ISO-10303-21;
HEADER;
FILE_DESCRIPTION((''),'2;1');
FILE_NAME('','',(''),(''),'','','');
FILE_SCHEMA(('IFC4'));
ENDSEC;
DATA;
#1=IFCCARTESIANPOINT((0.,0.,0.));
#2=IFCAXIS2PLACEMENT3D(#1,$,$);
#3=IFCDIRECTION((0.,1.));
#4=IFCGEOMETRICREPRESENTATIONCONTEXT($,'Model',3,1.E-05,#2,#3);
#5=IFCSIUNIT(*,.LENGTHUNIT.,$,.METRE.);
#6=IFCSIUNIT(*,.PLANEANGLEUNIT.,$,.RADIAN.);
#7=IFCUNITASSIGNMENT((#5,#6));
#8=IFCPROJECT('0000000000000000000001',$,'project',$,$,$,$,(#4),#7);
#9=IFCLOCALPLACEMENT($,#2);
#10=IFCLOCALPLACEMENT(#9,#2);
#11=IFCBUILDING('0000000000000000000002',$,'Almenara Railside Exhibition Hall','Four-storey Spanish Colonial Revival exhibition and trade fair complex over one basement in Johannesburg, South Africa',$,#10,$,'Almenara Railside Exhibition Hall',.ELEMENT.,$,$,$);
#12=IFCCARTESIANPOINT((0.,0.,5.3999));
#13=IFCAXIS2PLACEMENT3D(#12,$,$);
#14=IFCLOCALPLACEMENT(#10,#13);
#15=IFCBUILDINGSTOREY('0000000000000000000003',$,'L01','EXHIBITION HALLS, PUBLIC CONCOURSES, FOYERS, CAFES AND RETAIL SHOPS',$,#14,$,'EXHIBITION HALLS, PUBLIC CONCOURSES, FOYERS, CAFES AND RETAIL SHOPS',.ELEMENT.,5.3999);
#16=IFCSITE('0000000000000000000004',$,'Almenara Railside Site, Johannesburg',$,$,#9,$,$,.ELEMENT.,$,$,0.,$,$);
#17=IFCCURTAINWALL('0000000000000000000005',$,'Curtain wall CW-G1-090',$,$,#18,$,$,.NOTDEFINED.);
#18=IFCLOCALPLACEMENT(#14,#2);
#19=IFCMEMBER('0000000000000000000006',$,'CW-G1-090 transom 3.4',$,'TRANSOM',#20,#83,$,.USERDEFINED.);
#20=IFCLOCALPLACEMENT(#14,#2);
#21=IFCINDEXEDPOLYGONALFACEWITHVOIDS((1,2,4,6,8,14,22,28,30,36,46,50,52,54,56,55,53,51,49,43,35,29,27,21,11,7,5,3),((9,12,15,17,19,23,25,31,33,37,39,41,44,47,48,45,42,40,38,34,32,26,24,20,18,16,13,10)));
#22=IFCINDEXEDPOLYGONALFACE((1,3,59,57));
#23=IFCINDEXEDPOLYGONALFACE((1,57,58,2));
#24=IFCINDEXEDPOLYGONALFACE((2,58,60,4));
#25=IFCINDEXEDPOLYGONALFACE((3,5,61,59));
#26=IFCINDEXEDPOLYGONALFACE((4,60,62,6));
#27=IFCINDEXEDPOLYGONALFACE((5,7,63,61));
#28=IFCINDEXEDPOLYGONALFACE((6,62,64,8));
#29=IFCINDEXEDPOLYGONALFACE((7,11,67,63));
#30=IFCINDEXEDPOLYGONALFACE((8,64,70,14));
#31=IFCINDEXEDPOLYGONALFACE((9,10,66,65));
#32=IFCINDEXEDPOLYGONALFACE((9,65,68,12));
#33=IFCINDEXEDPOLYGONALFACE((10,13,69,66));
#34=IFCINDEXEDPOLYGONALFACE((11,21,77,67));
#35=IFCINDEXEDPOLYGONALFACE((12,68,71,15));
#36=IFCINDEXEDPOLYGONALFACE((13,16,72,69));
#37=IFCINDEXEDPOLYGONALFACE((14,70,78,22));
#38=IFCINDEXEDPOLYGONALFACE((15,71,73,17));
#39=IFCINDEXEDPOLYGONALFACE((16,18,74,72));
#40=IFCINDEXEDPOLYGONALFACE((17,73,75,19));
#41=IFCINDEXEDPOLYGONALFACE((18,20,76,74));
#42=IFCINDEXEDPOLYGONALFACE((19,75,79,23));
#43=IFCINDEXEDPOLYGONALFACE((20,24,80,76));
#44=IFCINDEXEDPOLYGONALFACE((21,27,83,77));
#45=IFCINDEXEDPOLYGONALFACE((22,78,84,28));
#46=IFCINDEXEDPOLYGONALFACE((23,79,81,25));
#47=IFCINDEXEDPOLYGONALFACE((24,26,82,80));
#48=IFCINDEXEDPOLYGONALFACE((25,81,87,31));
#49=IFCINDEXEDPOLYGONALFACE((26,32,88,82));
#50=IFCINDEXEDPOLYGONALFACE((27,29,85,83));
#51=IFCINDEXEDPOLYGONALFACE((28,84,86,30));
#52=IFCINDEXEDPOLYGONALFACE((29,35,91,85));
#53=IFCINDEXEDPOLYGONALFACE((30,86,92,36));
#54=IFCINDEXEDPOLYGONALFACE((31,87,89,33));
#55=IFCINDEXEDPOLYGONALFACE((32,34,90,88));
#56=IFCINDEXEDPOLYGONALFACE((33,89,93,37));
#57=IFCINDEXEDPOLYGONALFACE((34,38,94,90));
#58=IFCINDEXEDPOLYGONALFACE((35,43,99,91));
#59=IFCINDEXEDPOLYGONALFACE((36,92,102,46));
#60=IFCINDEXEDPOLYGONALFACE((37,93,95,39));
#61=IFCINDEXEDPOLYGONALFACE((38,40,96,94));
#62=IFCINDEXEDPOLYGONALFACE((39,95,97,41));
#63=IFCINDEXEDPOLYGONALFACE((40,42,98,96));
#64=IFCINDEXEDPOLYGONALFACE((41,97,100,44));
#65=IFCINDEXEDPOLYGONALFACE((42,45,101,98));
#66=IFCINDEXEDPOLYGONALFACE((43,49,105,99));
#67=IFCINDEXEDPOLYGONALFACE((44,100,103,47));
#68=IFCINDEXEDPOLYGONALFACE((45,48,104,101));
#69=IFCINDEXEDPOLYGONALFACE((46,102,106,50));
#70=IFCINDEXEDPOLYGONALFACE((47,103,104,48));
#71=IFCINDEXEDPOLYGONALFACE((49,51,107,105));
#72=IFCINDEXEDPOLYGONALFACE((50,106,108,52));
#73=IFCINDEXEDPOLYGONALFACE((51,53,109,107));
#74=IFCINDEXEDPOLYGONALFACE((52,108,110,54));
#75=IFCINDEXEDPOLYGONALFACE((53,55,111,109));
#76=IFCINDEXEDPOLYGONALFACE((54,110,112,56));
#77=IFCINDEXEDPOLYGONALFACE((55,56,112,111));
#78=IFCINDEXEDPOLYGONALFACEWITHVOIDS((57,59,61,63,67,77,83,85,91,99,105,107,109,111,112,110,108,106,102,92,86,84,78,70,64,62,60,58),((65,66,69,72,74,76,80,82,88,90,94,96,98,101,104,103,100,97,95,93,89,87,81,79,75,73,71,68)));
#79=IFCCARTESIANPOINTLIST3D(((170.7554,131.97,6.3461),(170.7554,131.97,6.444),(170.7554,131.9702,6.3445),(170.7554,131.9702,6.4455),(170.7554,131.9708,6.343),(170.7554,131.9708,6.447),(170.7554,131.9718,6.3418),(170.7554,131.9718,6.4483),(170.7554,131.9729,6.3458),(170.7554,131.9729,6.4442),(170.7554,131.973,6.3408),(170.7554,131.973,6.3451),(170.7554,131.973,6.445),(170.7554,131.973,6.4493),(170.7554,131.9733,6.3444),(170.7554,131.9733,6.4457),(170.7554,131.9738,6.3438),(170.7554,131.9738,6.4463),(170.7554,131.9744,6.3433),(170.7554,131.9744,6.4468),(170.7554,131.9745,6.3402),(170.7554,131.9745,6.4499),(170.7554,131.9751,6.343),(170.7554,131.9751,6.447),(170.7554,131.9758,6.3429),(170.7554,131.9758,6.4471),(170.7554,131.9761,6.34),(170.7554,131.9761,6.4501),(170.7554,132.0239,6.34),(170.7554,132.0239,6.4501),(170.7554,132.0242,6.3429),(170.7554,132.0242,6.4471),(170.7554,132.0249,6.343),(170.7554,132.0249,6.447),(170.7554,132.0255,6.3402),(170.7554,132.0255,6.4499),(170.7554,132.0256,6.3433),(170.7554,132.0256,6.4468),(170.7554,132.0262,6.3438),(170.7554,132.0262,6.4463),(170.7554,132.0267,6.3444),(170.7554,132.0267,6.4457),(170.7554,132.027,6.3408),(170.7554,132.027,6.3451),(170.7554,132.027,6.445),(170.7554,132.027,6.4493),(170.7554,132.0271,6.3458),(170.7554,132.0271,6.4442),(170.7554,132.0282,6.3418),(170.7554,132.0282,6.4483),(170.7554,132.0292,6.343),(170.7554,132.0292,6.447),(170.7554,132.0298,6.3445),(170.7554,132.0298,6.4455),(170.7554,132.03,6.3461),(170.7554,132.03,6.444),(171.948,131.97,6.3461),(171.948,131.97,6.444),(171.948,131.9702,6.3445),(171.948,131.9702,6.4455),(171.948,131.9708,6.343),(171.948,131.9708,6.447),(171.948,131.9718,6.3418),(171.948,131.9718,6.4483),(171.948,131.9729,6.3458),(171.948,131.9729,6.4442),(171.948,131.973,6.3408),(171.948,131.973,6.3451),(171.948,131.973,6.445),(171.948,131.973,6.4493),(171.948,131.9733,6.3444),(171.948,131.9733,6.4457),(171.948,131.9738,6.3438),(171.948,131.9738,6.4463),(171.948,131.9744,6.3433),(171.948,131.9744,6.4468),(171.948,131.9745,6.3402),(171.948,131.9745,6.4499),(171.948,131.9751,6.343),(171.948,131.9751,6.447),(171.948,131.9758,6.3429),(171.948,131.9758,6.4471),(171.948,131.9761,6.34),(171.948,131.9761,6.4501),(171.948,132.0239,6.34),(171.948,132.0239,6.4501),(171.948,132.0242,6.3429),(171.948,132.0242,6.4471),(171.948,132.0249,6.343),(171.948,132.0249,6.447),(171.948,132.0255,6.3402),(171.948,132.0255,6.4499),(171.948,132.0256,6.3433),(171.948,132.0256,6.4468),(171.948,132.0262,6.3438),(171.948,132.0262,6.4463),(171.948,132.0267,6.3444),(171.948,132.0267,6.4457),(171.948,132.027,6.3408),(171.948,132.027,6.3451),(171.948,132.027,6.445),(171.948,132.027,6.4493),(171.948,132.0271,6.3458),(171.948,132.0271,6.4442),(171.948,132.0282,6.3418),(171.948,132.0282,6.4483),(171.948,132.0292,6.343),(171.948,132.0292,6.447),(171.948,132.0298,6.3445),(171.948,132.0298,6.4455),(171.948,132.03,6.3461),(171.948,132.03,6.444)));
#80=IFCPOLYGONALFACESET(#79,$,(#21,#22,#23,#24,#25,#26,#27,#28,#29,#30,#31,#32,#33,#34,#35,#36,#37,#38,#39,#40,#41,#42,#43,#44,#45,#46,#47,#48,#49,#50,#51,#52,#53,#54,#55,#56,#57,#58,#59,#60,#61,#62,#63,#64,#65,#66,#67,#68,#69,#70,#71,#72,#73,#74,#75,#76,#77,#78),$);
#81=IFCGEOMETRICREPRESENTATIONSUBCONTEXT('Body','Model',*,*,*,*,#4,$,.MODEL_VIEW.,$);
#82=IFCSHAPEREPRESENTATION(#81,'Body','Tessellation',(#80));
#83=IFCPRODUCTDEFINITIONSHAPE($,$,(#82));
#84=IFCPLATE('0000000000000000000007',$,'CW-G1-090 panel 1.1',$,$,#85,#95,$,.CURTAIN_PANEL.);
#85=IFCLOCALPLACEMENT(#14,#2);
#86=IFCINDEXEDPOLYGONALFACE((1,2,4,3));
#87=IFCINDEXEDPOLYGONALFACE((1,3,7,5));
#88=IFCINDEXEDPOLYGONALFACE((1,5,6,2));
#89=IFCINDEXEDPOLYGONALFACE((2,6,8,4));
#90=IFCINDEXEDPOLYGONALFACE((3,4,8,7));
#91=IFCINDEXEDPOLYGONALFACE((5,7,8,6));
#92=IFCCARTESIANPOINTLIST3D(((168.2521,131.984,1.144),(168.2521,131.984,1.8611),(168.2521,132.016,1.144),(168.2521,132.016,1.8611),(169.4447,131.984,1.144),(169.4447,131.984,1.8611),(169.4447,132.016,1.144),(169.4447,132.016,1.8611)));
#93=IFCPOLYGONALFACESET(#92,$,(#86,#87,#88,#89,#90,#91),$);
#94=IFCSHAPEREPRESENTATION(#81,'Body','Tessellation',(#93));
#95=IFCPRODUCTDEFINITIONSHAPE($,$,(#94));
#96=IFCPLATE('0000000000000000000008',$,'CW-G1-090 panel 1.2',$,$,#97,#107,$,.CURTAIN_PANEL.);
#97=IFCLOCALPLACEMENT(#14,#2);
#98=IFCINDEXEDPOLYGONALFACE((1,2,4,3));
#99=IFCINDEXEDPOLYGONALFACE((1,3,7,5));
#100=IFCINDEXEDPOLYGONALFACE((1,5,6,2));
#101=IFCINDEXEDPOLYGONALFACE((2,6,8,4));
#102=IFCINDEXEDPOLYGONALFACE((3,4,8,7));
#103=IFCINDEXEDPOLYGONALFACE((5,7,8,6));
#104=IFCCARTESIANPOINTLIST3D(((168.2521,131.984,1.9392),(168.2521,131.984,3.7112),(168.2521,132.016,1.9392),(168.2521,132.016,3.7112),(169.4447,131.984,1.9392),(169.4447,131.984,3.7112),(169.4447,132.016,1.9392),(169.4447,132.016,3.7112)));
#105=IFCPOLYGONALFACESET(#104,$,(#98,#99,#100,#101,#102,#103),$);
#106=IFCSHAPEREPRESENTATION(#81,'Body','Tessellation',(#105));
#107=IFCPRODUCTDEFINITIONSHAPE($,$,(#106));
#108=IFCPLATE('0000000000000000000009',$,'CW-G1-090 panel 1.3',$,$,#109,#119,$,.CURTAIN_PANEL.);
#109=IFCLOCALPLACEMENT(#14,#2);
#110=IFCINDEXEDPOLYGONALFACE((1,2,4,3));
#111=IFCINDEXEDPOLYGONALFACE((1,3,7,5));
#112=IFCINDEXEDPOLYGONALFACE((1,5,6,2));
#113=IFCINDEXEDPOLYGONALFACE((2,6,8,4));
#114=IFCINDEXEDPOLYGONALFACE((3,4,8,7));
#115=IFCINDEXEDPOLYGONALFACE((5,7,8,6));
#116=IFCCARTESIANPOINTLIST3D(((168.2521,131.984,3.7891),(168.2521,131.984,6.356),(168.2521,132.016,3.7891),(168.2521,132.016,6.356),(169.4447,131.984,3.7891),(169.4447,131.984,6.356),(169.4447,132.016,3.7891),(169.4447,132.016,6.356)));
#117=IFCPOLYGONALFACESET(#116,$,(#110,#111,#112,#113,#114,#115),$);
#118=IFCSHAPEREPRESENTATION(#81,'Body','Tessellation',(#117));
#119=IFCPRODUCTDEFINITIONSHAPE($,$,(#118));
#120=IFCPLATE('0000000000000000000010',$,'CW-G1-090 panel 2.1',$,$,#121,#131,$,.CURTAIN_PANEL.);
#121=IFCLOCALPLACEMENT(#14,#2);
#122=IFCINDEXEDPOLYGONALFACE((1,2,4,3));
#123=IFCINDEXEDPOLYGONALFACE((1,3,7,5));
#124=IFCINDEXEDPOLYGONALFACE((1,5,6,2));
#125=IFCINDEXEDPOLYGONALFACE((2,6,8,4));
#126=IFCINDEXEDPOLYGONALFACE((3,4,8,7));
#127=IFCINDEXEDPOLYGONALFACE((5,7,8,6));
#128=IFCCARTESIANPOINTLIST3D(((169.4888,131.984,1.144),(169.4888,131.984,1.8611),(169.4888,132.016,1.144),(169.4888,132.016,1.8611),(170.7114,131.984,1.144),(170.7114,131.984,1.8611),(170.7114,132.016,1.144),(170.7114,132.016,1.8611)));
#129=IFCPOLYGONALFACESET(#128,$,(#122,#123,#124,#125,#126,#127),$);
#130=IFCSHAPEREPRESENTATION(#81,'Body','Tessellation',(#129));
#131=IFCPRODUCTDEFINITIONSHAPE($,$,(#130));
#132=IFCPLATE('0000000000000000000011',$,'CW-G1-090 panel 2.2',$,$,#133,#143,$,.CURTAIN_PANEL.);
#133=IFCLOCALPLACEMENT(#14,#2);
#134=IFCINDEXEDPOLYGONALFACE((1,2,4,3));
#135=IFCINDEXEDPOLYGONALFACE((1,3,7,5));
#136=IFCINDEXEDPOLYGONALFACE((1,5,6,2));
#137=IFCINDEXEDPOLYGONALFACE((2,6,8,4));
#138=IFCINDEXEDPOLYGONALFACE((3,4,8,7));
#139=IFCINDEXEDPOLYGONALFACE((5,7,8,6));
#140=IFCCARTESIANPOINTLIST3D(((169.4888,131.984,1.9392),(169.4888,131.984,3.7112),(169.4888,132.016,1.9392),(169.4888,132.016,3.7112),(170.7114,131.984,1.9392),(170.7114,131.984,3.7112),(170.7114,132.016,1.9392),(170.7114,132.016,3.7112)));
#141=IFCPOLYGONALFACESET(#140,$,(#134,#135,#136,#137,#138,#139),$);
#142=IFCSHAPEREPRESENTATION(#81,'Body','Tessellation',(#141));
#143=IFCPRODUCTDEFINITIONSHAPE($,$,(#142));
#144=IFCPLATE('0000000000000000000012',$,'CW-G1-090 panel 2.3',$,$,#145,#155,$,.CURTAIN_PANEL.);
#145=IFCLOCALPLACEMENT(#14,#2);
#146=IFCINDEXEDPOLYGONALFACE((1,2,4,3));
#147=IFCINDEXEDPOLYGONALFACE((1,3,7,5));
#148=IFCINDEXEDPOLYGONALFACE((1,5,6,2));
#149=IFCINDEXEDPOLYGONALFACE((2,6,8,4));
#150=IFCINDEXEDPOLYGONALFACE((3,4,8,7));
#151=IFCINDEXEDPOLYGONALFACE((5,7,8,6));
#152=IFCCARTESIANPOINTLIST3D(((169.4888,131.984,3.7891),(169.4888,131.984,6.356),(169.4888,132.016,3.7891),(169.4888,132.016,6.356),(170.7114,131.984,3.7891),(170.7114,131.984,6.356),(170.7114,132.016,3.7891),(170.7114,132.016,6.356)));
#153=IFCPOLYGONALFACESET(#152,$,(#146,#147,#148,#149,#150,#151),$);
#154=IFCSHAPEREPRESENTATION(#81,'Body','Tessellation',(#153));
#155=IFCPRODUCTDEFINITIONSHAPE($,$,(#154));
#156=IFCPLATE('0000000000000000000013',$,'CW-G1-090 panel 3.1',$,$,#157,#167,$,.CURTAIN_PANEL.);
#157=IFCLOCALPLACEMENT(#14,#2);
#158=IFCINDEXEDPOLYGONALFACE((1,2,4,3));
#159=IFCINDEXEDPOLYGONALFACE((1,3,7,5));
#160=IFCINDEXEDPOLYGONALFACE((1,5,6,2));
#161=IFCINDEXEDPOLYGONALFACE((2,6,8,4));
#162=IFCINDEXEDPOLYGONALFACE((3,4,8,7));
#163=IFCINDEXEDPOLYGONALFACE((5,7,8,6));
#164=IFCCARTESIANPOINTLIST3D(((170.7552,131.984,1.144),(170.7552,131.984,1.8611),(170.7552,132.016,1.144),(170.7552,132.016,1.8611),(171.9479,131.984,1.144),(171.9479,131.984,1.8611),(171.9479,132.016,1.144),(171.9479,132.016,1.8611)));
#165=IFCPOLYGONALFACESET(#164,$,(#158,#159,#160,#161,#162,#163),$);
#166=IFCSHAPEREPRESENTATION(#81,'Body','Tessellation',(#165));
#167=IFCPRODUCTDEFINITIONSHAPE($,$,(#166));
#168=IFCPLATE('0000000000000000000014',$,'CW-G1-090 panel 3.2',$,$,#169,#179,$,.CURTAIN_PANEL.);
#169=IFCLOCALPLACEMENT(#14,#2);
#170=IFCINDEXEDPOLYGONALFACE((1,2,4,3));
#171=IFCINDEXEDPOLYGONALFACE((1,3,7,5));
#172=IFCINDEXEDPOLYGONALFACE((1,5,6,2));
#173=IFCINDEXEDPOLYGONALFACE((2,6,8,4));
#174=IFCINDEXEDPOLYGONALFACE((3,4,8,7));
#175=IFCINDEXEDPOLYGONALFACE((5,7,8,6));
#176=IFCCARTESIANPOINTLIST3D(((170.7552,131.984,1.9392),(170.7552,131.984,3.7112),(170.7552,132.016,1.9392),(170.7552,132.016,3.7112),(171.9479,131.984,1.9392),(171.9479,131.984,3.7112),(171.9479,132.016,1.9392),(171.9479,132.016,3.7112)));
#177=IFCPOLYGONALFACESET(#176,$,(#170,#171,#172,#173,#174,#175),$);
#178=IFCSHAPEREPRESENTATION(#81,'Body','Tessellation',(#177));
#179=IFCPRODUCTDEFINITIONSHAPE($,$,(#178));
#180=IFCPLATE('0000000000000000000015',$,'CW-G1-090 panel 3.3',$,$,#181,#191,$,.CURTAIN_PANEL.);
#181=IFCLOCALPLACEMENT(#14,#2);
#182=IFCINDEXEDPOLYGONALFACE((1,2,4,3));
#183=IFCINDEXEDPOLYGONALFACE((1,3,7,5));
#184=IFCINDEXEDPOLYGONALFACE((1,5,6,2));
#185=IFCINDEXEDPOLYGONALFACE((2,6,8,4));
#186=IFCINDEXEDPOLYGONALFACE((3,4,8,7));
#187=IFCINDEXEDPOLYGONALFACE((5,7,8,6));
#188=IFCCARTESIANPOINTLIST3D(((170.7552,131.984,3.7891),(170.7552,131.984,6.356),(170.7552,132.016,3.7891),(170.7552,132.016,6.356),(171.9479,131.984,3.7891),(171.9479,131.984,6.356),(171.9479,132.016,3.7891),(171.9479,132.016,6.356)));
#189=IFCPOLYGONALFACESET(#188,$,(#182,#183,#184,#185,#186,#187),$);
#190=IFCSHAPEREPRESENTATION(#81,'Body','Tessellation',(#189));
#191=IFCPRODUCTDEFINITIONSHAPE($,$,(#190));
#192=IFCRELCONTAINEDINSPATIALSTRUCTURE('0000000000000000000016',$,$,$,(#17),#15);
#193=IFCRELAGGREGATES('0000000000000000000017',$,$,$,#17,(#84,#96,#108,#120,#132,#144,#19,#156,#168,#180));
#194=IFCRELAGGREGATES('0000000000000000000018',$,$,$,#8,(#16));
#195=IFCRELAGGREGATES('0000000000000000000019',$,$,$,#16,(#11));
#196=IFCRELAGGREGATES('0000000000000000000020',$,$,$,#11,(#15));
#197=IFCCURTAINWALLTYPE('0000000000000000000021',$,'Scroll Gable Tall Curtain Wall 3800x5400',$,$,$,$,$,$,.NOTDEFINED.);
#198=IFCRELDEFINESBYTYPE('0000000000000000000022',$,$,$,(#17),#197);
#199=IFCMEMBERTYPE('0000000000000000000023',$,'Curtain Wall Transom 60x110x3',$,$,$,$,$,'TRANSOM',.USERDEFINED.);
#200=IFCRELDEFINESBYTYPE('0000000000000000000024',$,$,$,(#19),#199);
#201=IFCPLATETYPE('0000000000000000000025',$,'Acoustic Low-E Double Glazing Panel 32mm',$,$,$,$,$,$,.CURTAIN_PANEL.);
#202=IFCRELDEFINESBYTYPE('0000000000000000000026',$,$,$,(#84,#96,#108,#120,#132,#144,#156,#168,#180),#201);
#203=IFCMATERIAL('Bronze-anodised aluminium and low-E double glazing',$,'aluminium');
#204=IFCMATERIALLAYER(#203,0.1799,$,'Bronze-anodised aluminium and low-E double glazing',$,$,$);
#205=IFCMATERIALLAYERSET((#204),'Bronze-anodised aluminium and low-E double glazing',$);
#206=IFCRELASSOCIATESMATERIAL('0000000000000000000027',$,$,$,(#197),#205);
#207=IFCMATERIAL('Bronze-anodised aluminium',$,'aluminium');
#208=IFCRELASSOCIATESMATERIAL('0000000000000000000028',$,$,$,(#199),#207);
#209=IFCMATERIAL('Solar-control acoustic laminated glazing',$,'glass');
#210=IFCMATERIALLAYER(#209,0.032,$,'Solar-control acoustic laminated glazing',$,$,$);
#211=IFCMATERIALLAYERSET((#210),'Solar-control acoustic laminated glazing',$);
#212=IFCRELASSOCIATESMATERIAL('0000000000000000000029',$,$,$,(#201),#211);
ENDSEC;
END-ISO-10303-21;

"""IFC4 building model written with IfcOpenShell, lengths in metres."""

from ifc_helpers import new_model, si_unit, direction, frame, origin, origin_2d, place, context, subcontext, project, spatial, rectangle, hollow_rectangle, extrude, material, layer, layer_set, material_profile, profile_set, type_object, element, aggregate, save


model = new_model("IFC4")

# Units and contexts
model_context = context("Model", 3, precision=1e-05, world=origin(), true_north=direction((0.0, 1.0)))
body_context = subcontext(model_context, "Body", "Model", "MODEL_VIEW")
ifc_project = project(units=[si_unit("LENGTHUNIT", "METRE"), si_unit("PLANEANGLEUNIT", "RADIAN")], contexts=[model_context])

# Site, building, storey
site_placement = place(None, origin())
site = spatial("IfcSite", under=ifc_project, at=site_placement, Name="Almenara Railside Site, Johannesburg", CompositionType="ELEMENT", RefElevation=0.0)
building_placement = place(site_placement, origin())
building = spatial("IfcBuilding", under=site, at=building_placement, Name="Almenara Railside Exhibition Hall", Description="Four-storey Spanish Colonial Revival exhibition and trade fair complex over one basement in Johannesburg, South Africa", LongName="Almenara Railside Exhibition Hall", CompositionType="ELEMENT")
storey_placement = place(building_placement, frame((0.0, 0.0, 5.3999)))
storey = spatial("IfcBuildingStorey", under=building, at=storey_placement, Name="L01", Description="EXHIBITION HALLS, PUBLIC CONCOURSES, FOYERS, CAFES AND RETAIL SHOPS", LongName="EXHIBITION HALLS, PUBLIC CONCOURSES, FOYERS, CAFES AND RETAIL SHOPS", CompositionType="ELEMENT", Elevation=5.3999)

# Shared definitions
ifc_material_1 = material(Name="Bronze-anodised aluminium and low-E double glazing", Category="aluminium")
ifc_material_2 = material(Name="Bronze-anodised aluminium", Category="aluminium")

# Curtain wall
ifc_layer_1 = layer(ifc_material_1, 0.1799, Name="Bronze-anodised aluminium and low-E double glazing")
ifc_layer_set_1 = layer_set([ifc_layer_1], Name="Bronze-anodised aluminium and low-E double glazing")
curtain_wall_type_1 = type_object("IfcCurtainWallType", Name="Scroll Gable Tall Curtain Wall 3800x5400", PredefinedType="NOTDEFINED", material=ifc_layer_set_1)
curtain_wall_1_placement = place(storey_placement, origin())
curtain_wall_1 = element("IfcCurtainWall", 1, at=curtain_wall_1_placement, inside=storey, type_object=curtain_wall_type_1, Name="Curtain wall CW-G1-090", PredefinedType="NOTDEFINED")

# Member
ifc_material_profile_1 = material_profile(ifc_material_2, hollow_rectangle(XDim=0.0601, YDim=0.1101, WallThickness=0.0029, InnerFilletRadius=0.0029, OuterFilletRadius=0.0061, at=origin_2d()), Name="ALU-TRN 60x110x3")
ifc_profile_set_1 = profile_set([ifc_material_profile_1], Name="Bronze-anodised aluminium")
member_type_1 = type_object("IfcMemberType", Name="Curtain Wall Transom 60x110x3", ElementType="TRANSOM", PredefinedType="USERDEFINED", material=ifc_profile_set_1)
member_1_placement = place(storey_placement, frame((170.7554, 132.0, 6.395), z_axis=(1.0, 0.0, 0.0), x_axis=(0.0, 1.0, 0.0)))
member_1 = element("IfcMember", 2, at=member_1_placement, type_object=member_type_1, Name="CW-G1-090 transom 3.4", ObjectType="TRANSOM", PredefinedType="USERDEFINED", context=body_context, shape_type="SweptSolid", body=[
    extrude(hollow_rectangle(XDim=0.0601, YDim=0.1101, WallThickness=0.0029, InnerFilletRadius=0.0029, OuterFilletRadius=0.0061, at=origin_2d()), origin(), (0.0, 0.0, 1.0), 1.1926),
])

# Plates
ifc_material_3 = material(Name="Solar-control acoustic laminated glazing", Category="glass")
ifc_layer_2 = layer(ifc_material_3, 0.032, Name="Solar-control acoustic laminated glazing")
ifc_layer_set_2 = layer_set([ifc_layer_2], Name="Solar-control acoustic laminated glazing")
plate_type = type_object("IfcPlateType", Name="Acoustic Low-E Double Glazing Panel 32mm", PredefinedType="CURTAIN_PANEL", material=ifc_layer_set_2)
plate_1_placement = place(storey_placement, frame((168.8484, 132.0, 1.144), z_axis=(0.0, 0.0, 1.0), x_axis=(1.0, 0.0, 0.0)))
plate_1 = element("IfcPlate", 3, at=plate_1_placement, type_object=plate_type, Name="CW-G1-090 panel 1.1", PredefinedType="CURTAIN_PANEL", context=body_context, shape_type="SweptSolid", body=[
    extrude(rectangle(XDim=1.1926, YDim=0.032, at=origin_2d()), origin(), (0.0, 0.0, 1.0), 0.717),
])
plate_2_placement = place(storey_placement, frame((168.8484, 132.0, 1.9392), z_axis=(0.0, 0.0, 1.0), x_axis=(1.0, 0.0, 0.0)))
plate_2 = element("IfcPlate", 4, at=plate_2_placement, type_object=plate_type, Name="CW-G1-090 panel 1.2", PredefinedType="CURTAIN_PANEL", context=body_context, shape_type="SweptSolid", body=[
    extrude(rectangle(XDim=1.1926, YDim=0.032, at=origin_2d()), origin(), (0.0, 0.0, 1.0), 1.772),
])
plate_3_placement = place(storey_placement, frame((168.8484, 132.0, 3.7891), z_axis=(0.0, 0.0, 1.0), x_axis=(1.0, 0.0, 0.0)))
plate_3 = element("IfcPlate", 5, at=plate_3_placement, type_object=plate_type, Name="CW-G1-090 panel 1.3", PredefinedType="CURTAIN_PANEL", context=body_context, shape_type="SweptSolid", body=[
    extrude(rectangle(XDim=1.1926, YDim=0.032, at=origin_2d()), origin(), (0.0, 0.0, 1.0), 2.5669),
])
plate_4_placement = place(storey_placement, frame((170.1001, 132.0, 1.144), z_axis=(0.0, 0.0, 1.0), x_axis=(1.0, 0.0, 0.0)))
plate_4 = element("IfcPlate", 6, at=plate_4_placement, type_object=plate_type, Name="CW-G1-090 panel 2.1", PredefinedType="CURTAIN_PANEL", context=body_context, shape_type="SweptSolid", body=[
    extrude(rectangle(XDim=1.2227, YDim=0.032, at=origin_2d()), origin(), (0.0, 0.0, 1.0), 0.717),
])
plate_5_placement = place(storey_placement, frame((170.1001, 132.0, 1.9392), z_axis=(0.0, 0.0, 1.0), x_axis=(1.0, 0.0, 0.0)))
plate_5 = element("IfcPlate", 7, at=plate_5_placement, type_object=plate_type, Name="CW-G1-090 panel 2.2", PredefinedType="CURTAIN_PANEL", context=body_context, shape_type="SweptSolid", body=[
    extrude(rectangle(XDim=1.2227, YDim=0.032, at=origin_2d()), origin(), (0.0, 0.0, 1.0), 1.772),
])
plate_6_placement = place(storey_placement, frame((170.1001, 132.0, 3.7891), z_axis=(0.0, 0.0, 1.0), x_axis=(1.0, 0.0, 0.0)))
plate_6 = element("IfcPlate", 8, at=plate_6_placement, type_object=plate_type, Name="CW-G1-090 panel 2.3", PredefinedType="CURTAIN_PANEL", context=body_context, shape_type="SweptSolid", body=[
    extrude(rectangle(XDim=1.2227, YDim=0.032, at=origin_2d()), origin(), (0.0, 0.0, 1.0), 2.5669),
])
plate_7_placement = place(storey_placement, frame((171.3516, 132.0, 1.144), z_axis=(0.0, 0.0, 1.0), x_axis=(1.0, 0.0, 0.0)))
plate_7 = element("IfcPlate", 9, at=plate_7_placement, type_object=plate_type, Name="CW-G1-090 panel 3.1", PredefinedType="CURTAIN_PANEL", context=body_context, shape_type="SweptSolid", body=[
    extrude(rectangle(XDim=1.1926, YDim=0.032, at=origin_2d()), origin(), (0.0, 0.0, 1.0), 0.717),
])
plate_8_placement = place(storey_placement, frame((171.3516, 132.0, 1.9392), z_axis=(0.0, 0.0, 1.0), x_axis=(1.0, 0.0, 0.0)))
plate_8 = element("IfcPlate", 10, at=plate_8_placement, type_object=plate_type, Name="CW-G1-090 panel 3.2", PredefinedType="CURTAIN_PANEL", context=body_context, shape_type="SweptSolid", body=[
    extrude(rectangle(XDim=1.1926, YDim=0.032, at=origin_2d()), origin(), (0.0, 0.0, 1.0), 1.772),
])
plate_9_placement = place(storey_placement, frame((171.3516, 132.0, 3.7891), z_axis=(0.0, 0.0, 1.0), x_axis=(1.0, 0.0, 0.0)))
plate_9 = element("IfcPlate", 11, at=plate_9_placement, type_object=plate_type, Name="CW-G1-090 panel 3.3", PredefinedType="CURTAIN_PANEL", context=body_context, shape_type="SweptSolid", body=[
    extrude(rectangle(XDim=1.1926, YDim=0.032, at=origin_2d()), origin(), (0.0, 0.0, 1.0), 2.5669),
])
aggregate(curtain_wall_1, [plate_1, plate_2, plate_3, plate_4, plate_5, plate_6, member_1, plate_7, plate_8, plate_9])

save(model, "model.ifc")
